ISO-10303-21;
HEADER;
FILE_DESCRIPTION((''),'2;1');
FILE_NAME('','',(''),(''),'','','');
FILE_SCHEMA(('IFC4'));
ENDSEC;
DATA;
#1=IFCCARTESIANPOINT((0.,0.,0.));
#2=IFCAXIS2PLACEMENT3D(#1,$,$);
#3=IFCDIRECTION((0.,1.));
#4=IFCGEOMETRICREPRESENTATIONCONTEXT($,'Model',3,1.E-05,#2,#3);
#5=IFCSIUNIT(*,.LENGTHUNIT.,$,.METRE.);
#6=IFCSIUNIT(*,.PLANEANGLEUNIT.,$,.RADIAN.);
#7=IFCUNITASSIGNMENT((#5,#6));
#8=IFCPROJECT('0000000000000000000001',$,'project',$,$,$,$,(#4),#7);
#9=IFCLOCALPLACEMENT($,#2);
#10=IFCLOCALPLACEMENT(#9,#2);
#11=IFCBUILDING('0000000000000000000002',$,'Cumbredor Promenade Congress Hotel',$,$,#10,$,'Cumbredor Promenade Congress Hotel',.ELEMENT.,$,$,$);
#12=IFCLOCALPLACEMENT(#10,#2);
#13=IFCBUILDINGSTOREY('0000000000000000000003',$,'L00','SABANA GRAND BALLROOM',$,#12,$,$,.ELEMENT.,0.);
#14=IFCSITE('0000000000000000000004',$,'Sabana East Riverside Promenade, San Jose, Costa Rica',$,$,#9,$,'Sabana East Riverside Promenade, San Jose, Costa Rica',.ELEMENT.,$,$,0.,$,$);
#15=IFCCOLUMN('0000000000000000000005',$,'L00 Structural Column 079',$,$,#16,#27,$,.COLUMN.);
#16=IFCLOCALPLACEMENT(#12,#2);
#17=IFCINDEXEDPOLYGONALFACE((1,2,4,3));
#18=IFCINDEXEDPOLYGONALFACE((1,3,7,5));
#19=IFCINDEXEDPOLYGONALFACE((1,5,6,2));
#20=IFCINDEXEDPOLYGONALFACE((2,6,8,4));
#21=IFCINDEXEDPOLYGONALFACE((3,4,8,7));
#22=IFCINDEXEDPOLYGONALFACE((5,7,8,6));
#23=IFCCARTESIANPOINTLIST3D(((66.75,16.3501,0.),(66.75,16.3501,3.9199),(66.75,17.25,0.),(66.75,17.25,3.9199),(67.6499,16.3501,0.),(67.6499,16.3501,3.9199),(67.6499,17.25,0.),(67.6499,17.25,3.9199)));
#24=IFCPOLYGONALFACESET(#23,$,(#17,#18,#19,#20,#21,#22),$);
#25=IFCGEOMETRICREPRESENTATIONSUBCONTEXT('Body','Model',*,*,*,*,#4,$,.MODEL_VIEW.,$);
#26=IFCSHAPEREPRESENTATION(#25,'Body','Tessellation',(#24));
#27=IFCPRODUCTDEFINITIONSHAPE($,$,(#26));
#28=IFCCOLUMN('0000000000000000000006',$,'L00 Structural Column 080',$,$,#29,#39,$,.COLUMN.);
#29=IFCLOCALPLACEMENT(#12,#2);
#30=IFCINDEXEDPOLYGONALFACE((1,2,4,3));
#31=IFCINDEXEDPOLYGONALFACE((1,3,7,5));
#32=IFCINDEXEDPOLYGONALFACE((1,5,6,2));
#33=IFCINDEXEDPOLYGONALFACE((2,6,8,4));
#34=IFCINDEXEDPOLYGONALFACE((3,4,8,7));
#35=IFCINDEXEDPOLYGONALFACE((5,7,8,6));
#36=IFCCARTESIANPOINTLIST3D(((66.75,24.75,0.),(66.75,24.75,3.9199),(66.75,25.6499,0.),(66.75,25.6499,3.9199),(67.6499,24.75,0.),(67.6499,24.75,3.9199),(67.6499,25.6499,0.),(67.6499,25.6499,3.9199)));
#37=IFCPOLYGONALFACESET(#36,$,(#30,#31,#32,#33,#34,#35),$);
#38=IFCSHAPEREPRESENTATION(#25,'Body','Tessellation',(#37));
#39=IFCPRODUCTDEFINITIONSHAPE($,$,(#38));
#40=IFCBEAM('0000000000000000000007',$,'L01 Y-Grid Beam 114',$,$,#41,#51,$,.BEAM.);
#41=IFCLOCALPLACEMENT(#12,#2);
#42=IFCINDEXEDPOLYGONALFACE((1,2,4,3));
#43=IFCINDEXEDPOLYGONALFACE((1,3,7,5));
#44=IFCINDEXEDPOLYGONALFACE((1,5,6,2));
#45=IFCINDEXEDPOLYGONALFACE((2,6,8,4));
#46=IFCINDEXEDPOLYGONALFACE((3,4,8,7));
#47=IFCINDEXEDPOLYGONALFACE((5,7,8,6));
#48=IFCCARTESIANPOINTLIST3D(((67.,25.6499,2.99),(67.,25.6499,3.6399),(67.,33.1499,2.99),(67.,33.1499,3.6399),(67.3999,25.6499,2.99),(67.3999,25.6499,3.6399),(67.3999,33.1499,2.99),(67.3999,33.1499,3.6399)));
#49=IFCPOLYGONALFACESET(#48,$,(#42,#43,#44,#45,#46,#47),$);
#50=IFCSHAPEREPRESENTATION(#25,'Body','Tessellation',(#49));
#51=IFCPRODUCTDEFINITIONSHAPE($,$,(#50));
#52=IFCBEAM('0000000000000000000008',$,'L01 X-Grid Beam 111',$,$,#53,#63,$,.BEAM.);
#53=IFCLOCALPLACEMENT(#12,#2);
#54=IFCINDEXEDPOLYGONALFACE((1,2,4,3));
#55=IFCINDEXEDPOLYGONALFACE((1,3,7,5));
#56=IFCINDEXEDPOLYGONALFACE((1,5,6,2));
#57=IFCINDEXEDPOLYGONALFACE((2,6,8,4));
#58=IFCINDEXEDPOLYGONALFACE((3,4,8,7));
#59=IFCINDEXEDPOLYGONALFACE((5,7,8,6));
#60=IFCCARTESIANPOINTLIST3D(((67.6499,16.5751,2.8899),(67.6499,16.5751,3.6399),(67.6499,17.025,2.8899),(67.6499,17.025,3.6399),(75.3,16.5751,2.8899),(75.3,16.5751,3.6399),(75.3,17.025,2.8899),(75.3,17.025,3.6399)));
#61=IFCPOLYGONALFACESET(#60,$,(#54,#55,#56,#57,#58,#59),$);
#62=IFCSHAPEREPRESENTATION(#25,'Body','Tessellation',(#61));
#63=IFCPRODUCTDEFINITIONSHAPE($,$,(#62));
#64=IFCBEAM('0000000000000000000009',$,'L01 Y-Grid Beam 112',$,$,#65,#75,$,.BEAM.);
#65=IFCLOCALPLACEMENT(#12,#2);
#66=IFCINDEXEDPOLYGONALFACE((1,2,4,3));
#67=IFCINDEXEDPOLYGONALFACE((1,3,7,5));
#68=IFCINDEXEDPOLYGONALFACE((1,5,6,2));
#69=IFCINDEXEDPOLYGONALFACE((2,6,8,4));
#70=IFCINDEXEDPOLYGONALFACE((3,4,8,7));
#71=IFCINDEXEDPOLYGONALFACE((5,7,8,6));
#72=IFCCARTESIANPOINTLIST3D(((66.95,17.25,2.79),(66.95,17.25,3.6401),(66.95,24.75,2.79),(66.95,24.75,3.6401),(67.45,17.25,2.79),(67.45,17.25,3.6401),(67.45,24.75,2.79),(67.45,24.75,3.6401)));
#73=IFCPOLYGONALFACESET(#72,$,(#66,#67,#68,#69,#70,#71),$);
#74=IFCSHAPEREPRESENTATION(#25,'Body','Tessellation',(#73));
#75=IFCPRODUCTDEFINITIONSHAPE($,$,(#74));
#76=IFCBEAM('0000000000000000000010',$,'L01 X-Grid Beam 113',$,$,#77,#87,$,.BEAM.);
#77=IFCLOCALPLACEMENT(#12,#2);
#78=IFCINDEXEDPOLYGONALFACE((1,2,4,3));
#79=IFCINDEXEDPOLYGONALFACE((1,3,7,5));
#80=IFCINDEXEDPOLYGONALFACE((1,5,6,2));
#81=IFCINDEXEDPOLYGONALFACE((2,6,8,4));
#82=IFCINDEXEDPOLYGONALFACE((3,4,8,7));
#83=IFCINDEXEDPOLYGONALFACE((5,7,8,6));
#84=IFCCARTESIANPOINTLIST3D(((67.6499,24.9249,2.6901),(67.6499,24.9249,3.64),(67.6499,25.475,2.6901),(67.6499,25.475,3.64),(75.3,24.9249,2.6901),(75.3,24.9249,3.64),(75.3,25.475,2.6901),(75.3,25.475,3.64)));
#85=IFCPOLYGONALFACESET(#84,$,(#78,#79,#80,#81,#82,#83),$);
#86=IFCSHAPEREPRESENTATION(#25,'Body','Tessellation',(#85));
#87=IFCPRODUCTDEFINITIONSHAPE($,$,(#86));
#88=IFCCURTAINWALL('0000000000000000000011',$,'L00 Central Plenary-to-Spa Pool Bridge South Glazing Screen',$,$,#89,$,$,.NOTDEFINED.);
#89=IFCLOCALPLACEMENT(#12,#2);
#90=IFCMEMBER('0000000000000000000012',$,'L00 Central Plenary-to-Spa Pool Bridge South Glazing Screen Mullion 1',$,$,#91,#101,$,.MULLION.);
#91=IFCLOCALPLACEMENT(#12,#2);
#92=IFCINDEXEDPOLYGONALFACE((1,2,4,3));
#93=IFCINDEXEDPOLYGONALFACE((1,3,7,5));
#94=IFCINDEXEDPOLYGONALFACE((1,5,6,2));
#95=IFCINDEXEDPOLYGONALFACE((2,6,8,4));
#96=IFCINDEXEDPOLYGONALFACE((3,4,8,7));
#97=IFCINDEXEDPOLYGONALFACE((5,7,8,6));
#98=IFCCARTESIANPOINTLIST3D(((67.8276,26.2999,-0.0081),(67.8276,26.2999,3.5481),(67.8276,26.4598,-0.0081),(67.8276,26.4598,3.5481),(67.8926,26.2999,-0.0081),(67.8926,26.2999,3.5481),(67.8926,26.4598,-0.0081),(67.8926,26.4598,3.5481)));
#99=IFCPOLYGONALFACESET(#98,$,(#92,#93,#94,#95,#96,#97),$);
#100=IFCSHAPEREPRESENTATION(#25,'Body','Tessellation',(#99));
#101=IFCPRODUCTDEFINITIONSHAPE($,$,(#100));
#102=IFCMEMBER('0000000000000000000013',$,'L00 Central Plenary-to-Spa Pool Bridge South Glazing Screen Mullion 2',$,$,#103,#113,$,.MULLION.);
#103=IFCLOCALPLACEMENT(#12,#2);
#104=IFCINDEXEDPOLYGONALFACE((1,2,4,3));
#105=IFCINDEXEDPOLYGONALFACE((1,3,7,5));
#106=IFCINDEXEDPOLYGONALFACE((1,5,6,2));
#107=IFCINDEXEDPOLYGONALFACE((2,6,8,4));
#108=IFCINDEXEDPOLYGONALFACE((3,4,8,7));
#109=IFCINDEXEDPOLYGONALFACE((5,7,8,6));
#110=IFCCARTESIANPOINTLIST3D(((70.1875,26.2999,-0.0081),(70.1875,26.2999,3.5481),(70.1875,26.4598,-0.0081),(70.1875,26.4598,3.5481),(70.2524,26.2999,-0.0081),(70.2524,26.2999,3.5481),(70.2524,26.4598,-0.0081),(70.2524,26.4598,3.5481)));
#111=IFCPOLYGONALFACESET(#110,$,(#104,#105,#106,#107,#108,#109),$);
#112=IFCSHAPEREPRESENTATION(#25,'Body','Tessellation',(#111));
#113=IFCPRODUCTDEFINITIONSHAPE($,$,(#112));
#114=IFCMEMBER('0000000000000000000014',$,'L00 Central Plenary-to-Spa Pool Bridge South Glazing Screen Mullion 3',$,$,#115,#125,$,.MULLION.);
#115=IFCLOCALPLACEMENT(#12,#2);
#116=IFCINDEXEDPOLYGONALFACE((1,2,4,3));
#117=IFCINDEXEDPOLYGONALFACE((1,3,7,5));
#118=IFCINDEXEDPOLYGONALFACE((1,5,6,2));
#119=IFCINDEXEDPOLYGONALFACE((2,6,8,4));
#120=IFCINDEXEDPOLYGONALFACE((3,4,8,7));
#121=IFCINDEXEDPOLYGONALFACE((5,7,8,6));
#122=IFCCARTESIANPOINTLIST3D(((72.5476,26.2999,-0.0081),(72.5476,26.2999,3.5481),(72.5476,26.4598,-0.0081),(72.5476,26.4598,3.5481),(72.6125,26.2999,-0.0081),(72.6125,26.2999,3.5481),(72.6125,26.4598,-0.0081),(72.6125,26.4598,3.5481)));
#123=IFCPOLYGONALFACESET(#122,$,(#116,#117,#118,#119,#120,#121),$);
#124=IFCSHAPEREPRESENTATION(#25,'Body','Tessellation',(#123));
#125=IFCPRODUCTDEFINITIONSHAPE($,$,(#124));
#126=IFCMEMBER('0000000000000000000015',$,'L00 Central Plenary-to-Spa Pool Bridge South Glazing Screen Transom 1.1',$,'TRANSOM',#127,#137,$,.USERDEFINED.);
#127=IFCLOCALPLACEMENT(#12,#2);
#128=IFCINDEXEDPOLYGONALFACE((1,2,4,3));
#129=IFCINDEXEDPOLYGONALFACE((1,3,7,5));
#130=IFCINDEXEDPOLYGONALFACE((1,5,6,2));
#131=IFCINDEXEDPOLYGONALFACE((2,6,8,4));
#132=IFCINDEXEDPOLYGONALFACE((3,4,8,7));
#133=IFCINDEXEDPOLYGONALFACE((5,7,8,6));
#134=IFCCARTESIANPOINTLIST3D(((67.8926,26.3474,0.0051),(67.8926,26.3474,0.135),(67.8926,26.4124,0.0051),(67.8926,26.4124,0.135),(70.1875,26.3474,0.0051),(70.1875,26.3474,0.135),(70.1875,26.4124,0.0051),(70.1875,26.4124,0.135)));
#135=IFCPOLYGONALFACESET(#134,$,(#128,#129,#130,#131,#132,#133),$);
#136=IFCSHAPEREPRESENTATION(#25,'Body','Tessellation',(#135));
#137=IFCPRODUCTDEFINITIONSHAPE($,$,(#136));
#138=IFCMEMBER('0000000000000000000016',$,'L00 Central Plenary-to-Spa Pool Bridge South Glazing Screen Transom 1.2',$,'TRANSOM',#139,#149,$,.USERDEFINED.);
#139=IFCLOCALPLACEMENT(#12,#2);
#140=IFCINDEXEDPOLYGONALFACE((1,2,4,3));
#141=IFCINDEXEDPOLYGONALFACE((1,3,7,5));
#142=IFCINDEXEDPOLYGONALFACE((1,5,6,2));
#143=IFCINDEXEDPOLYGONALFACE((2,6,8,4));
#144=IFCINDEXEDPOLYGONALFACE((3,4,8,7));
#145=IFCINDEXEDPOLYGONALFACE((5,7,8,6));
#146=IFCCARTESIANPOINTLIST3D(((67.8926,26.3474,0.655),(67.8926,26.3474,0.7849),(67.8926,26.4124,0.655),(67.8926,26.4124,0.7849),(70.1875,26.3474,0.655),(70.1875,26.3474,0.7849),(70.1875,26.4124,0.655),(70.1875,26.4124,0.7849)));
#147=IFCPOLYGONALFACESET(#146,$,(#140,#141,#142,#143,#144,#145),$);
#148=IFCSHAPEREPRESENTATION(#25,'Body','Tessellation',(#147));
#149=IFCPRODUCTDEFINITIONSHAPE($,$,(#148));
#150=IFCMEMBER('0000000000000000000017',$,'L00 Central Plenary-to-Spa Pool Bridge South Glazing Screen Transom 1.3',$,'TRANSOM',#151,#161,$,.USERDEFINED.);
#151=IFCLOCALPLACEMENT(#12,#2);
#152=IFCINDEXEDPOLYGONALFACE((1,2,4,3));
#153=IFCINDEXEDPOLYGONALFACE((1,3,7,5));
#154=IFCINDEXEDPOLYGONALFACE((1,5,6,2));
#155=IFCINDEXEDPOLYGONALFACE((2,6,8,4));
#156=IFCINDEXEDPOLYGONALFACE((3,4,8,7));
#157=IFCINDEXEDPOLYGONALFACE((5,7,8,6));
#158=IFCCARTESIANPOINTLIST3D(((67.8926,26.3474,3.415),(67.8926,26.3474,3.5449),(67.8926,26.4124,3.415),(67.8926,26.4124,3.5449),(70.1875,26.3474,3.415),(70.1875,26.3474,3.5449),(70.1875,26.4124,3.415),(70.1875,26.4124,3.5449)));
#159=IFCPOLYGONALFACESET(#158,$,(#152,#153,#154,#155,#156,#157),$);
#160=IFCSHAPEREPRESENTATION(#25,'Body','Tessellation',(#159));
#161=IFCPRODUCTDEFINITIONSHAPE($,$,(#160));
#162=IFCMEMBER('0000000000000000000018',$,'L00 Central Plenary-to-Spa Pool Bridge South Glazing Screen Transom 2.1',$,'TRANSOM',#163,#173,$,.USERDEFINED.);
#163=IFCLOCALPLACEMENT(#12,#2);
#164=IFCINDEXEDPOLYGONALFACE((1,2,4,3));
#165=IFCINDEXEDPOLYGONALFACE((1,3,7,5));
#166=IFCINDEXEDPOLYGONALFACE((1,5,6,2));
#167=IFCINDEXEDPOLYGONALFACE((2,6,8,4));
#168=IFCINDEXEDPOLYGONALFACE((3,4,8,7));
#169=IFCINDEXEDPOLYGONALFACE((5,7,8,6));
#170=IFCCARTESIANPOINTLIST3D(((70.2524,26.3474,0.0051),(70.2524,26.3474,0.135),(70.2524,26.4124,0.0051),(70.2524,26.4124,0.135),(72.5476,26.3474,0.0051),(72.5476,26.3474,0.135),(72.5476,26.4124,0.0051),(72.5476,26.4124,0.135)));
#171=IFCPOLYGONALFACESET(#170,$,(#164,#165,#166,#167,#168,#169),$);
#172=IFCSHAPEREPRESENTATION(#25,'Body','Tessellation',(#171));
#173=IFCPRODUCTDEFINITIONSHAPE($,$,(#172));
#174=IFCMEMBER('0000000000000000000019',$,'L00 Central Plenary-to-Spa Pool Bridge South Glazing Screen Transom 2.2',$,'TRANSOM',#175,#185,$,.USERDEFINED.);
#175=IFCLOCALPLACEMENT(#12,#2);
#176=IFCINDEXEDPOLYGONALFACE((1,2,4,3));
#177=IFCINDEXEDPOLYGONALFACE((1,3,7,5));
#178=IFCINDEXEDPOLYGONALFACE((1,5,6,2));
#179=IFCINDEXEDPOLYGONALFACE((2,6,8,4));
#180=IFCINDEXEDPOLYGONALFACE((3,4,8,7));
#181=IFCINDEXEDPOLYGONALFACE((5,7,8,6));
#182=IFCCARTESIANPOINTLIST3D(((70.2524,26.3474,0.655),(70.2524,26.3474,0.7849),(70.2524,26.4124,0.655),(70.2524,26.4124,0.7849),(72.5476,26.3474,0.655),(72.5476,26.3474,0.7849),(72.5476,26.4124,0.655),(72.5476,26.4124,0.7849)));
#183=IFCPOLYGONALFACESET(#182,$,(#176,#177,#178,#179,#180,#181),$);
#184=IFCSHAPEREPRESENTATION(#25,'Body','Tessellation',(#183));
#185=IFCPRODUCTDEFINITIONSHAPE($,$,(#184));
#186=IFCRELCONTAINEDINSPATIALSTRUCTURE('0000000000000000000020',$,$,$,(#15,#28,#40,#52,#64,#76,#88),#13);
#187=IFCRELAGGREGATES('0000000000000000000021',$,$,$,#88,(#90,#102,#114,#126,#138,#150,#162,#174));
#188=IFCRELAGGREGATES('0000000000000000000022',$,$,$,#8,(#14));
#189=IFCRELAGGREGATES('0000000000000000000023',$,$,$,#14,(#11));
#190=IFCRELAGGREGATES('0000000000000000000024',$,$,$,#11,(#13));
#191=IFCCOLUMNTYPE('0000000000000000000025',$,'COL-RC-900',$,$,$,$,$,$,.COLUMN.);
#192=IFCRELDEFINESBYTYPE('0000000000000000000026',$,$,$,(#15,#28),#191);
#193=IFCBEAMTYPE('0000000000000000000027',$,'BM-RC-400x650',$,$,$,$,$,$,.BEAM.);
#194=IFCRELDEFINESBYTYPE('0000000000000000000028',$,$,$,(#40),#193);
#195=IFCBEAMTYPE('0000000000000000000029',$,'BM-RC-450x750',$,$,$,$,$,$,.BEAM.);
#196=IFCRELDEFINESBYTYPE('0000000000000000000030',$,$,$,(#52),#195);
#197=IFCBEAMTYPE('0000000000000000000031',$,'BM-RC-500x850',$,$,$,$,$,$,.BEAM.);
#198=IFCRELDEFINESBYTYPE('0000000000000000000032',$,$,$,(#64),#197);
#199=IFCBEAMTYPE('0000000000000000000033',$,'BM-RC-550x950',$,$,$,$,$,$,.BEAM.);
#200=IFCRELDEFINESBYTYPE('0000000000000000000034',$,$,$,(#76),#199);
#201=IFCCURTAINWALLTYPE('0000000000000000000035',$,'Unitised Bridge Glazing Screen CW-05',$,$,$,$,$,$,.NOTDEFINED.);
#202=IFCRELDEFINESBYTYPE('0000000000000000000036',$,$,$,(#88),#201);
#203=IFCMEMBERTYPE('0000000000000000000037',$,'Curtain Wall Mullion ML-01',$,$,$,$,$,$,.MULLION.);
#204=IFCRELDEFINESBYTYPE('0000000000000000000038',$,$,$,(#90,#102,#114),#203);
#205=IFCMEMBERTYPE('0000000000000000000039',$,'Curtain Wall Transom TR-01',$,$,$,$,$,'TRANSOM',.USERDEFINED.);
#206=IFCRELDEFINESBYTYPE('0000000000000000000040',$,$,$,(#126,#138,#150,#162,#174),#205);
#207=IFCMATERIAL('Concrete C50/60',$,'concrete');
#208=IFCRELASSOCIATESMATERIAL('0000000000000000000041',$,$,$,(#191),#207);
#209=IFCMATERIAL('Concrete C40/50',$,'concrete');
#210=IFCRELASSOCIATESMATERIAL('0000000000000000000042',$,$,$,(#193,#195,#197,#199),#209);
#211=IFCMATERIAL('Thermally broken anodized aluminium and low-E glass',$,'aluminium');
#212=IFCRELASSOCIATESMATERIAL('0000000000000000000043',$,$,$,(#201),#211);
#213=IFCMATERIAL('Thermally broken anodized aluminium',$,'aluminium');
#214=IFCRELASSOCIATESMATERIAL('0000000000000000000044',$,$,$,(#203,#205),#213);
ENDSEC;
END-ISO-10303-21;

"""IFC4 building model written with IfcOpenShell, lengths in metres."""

from ifc_helpers import new_model, si_unit, direction, frame, origin, origin_2d, place, context, subcontext, project, spatial, rectangle, extrude, material, material_profile, profile_set, type_object, element, aggregate, save


model = new_model("IFC4")

# Units and contexts
model_context = context("Model", 3, precision=1e-05, world=origin(), true_north=direction((0.0, 1.0)))
body_context = subcontext(model_context, "Body", "Model", "MODEL_VIEW")
ifc_project = project(units=[si_unit("LENGTHUNIT", "METRE"), si_unit("PLANEANGLEUNIT", "RADIAN")], contexts=[model_context])

# Site, building, storey
site_placement = place(None, origin())
site = spatial("IfcSite", under=ifc_project, at=site_placement, Name="Sabana East Riverside Promenade, San Jose, Costa Rica", LongName="Sabana East Riverside Promenade, San Jose, Costa Rica", CompositionType="ELEMENT", RefElevation=0.0)
building_placement = place(site_placement, origin())
building = spatial("IfcBuilding", under=site, at=building_placement, Name="Cumbredor Promenade Congress Hotel", LongName="Cumbredor Promenade Congress Hotel", CompositionType="ELEMENT")
storey_placement = place(building_placement, origin())
storey = spatial("IfcBuildingStorey", under=building, at=storey_placement, Name="L00", Description="SABANA GRAND BALLROOM", CompositionType="ELEMENT", Elevation=0.0)

# Columns
ifc_material_1 = material(Name="Concrete C50/60", Category="concrete")
ifc_material_profile_1 = material_profile(ifc_material_1, rectangle(XDim=0.8999, YDim=0.8999, at=origin_2d()), Name="RC 900x900")
ifc_profile_set_1 = profile_set([ifc_material_profile_1], Name="Concrete C50/60")
column_type = type_object("IfcColumnType", Name="COL-RC-900", PredefinedType="COLUMN", material=ifc_profile_set_1)
for number, where, z_axis, x_axis, name in (
    (1, (67.2, 16.8, 0.0), (0.0, 0.0, 1.0), (1.0, 0.0, 0.0), "L00 Structural Column 079"),
    (2, (67.2, 25.2, 0.0), (0.0, 0.0, 1.0), (1.0, 0.0, 0.0), "L00 Structural Column 080"),
):
    element("IfcColumn", number, at=place(storey_placement, frame(where, z_axis=z_axis, x_axis=x_axis)), inside=storey, type_object=column_type, Name=name, PredefinedType="COLUMN", context=body_context, shape_type="SweptSolid", body=[
        extrude(rectangle(XDim=0.8999, YDim=0.8999, at=origin_2d()), origin(), (0.0, 0.0, 1.0), 3.9199),
    ])

# Beams
ifc_material_2 = material(Name="Concrete C40/50", Category="concrete")
ifc_material_profile_2 = material_profile(ifc_material_2, rectangle(XDim=0.3999, YDim=0.6499, at=origin_2d()), Name="RC BEAM 400x650")
ifc_profile_set_2 = profile_set([ifc_material_profile_2], Name="Concrete C40/50")
beam_type_1 = type_object("IfcBeamType", Name="BM-RC-400x650", PredefinedType="BEAM", material=ifc_profile_set_2)
beam_1_placement = place(storey_placement, frame((67.2, 25.6499, 3.3149), z_axis=(0.0, 1.0, 0.0), x_axis=(-1.0, 0.0, 0.0)))
element("IfcBeam", 3, at=beam_1_placement, inside=storey, type_object=beam_type_1, Name="L01 Y-Grid Beam 114", PredefinedType="BEAM", context=body_context, shape_type="SweptSolid", body=[
    extrude(rectangle(XDim=0.3999, YDim=0.6499, at=origin_2d()), origin(), (0.0, 0.0, 1.0), 7.5),
])
ifc_material_profile_3 = material_profile(ifc_material_2, rectangle(XDim=0.45, YDim=0.75, at=origin_2d()), Name="RC BEAM 450x750")
ifc_profile_set_3 = profile_set([ifc_material_profile_3], Name="Concrete C40/50")
beam_type_2 = type_object("IfcBeamType", Name="BM-RC-450x750", PredefinedType="BEAM", material=ifc_profile_set_3)
beam_2_placement = place(storey_placement, frame((67.6499, 16.8, 3.2649), z_axis=(1.0, 0.0, 0.0), x_axis=(0.0, 1.0, 0.0)))
element("IfcBeam", 4, at=beam_2_placement, inside=storey, type_object=beam_type_2, Name="L01 X-Grid Beam 111", PredefinedType="BEAM", context=body_context, shape_type="SweptSolid", body=[
    extrude(rectangle(XDim=0.45, YDim=0.75, at=origin_2d()), origin(), (0.0, 0.0, 1.0), 7.6501),
])
ifc_material_profile_4 = material_profile(ifc_material_2, rectangle(XDim=0.5, YDim=0.8501, at=origin_2d()), Name="RC BEAM 500x850")
ifc_profile_set_4 = profile_set([ifc_material_profile_4], Name="Concrete C40/50")
beam_type_3 = type_object("IfcBeamType", Name="BM-RC-500x850", PredefinedType="BEAM", material=ifc_profile_set_4)
beam_3_placement = place(storey_placement, frame((67.2, 17.25, 3.2151), z_axis=(0.0, 1.0, 0.0), x_axis=(-1.0, 0.0, 0.0)))
element("IfcBeam", 5, at=beam_3_placement, inside=storey, type_object=beam_type_3, Name="L01 Y-Grid Beam 112", PredefinedType="BEAM", context=body_context, shape_type="SweptSolid", body=[
    extrude(rectangle(XDim=0.5, YDim=0.8501, at=origin_2d()), origin(), (0.0, 0.0, 1.0), 7.5),
])
ifc_material_profile_5 = material_profile(ifc_material_2, rectangle(XDim=0.55, YDim=0.95, at=origin_2d()), Name="RC BEAM 550x950")
ifc_profile_set_5 = profile_set([ifc_material_profile_5], Name="Concrete C40/50")
beam_type_4 = type_object("IfcBeamType", Name="BM-RC-550x950", PredefinedType="BEAM", material=ifc_profile_set_5)
beam_4_placement = place(storey_placement, frame((67.6499, 25.2, 3.165), z_axis=(1.0, 0.0, 0.0), x_axis=(0.0, 1.0, 0.0)))
element("IfcBeam", 6, at=beam_4_placement, inside=storey, type_object=beam_type_4, Name="L01 X-Grid Beam 113", PredefinedType="BEAM", context=body_context, shape_type="SweptSolid", body=[
    extrude(rectangle(XDim=0.55, YDim=0.95, at=origin_2d()), origin(), (0.0, 0.0, 1.0), 7.6501),
])

# Curtain wall, members
ifc_material_3 = material(Name="Thermally broken anodized aluminium and low-E glass", Category="aluminium")
curtain_wall_type = type_object("IfcCurtainWallType", Name="Unitised Bridge Glazing Screen CW-05", PredefinedType="NOTDEFINED", material=ifc_material_3)
curtain_wall_placement = place(storey_placement, origin())
curtain_wall = element("IfcCurtainWall", 7, at=curtain_wall_placement, inside=storey, type_object=curtain_wall_type, Name="L00 Central Plenary-to-Spa Pool Bridge South Glazing Screen", PredefinedType="NOTDEFINED")
ifc_material_4 = material(Name="Thermally broken anodized aluminium", Category="aluminium")
ifc_material_profile_6 = material_profile(ifc_material_4, rectangle(XDim=0.0649, YDim=0.1599, at=origin_2d()), Name="ALU MULLION 65x160")
ifc_profile_set_6 = profile_set([ifc_material_profile_6], Name="Thermally broken anodized aluminium")
member_type_1 = type_object("IfcMemberType", Name="Curtain Wall Mullion ML-01", PredefinedType="MULLION", material=ifc_profile_set_6)
member_1_placement = place(storey_placement, frame((67.8601, 26.3799, -0.0081), z_axis=(0.0, 0.0, 1.0), x_axis=(1.0, 0.0, 0.0)))
member_1 = element("IfcMember", 8, at=member_1_placement, type_object=member_type_1, Name="L00 Central Plenary-to-Spa Pool Bridge South Glazing Screen Mullion 1", PredefinedType="MULLION", context=body_context, shape_type="SweptSolid", body=[
    extrude(rectangle(XDim=0.0649, YDim=0.1599, at=origin_2d()), origin(), (0.0, 0.0, 1.0), 3.5562),
])
member_2_placement = place(storey_placement, frame((70.22, 26.3799, -0.0081), z_axis=(0.0, 0.0, 1.0), x_axis=(1.0, 0.0, 0.0)))
member_2 = element("IfcMember", 9, at=member_2_placement, type_object=member_type_1, Name="L00 Central Plenary-to-Spa Pool Bridge South Glazing Screen Mullion 2", PredefinedType="MULLION", context=body_context, shape_type="SweptSolid", body=[
    extrude(rectangle(XDim=0.0649, YDim=0.1599, at=origin_2d()), origin(), (0.0, 0.0, 1.0), 3.5562),
])
member_3_placement = place(storey_placement, frame((72.5801, 26.3799, -0.0081), z_axis=(0.0, 0.0, 1.0), x_axis=(1.0, 0.0, 0.0)))
member_3 = element("IfcMember", 10, at=member_3_placement, type_object=member_type_1, Name="L00 Central Plenary-to-Spa Pool Bridge South Glazing Screen Mullion 3", PredefinedType="MULLION", context=body_context, shape_type="SweptSolid", body=[
    extrude(rectangle(XDim=0.0649, YDim=0.1599, at=origin_2d()), origin(), (0.0, 0.0, 1.0), 3.5562),
])
ifc_material_profile_7 = material_profile(ifc_material_4, rectangle(XDim=0.0649, YDim=0.1299, at=origin_2d()), Name="ALU TRANSOM 65x130")
ifc_profile_set_7 = profile_set([ifc_material_profile_7], Name="Thermally broken anodized aluminium")
member_type_2 = type_object("IfcMemberType", Name="Curtain Wall Transom TR-01", ElementType="TRANSOM", PredefinedType="USERDEFINED", material=ifc_profile_set_7)
member_4_placement = place(storey_placement, frame((67.8926, 26.3799, 0.0701), z_axis=(1.0, 0.0, 0.0), x_axis=(0.0, 1.0, 0.0)))
member_4 = element("IfcMember", 11, at=member_4_placement, type_object=member_type_2, Name="L00 Central Plenary-to-Spa Pool Bridge South Glazing Screen Transom 1.1", ObjectType="TRANSOM", PredefinedType="USERDEFINED", context=body_context, shape_type="SweptSolid", body=[
    extrude(rectangle(XDim=0.0649, YDim=0.1299, at=origin_2d()), origin(), (0.0, 0.0, 1.0), 2.2949),
])
member_5_placement = place(storey_placement, frame((67.8926, 26.3799, 0.72), z_axis=(1.0, 0.0, 0.0), x_axis=(0.0, 1.0, 0.0)))
member_5 = element("IfcMember", 12, at=member_5_placement, type_object=member_type_2, Name="L00 Central Plenary-to-Spa Pool Bridge South Glazing Screen Transom 1.2", ObjectType="TRANSOM", PredefinedType="USERDEFINED", context=body_context, shape_type="SweptSolid", body=[
    extrude(rectangle(XDim=0.0649, YDim=0.1299, at=origin_2d()), origin(), (0.0, 0.0, 1.0), 2.2949),
])
member_6_placement = place(storey_placement, frame((67.8926, 26.3799, 3.48), z_axis=(1.0, 0.0, 0.0), x_axis=(0.0, 1.0, 0.0)))
member_6 = element("IfcMember", 13, at=member_6_placement, type_object=member_type_2, Name="L00 Central Plenary-to-Spa Pool Bridge South Glazing Screen Transom 1.3", ObjectType="TRANSOM", PredefinedType="USERDEFINED", context=body_context, shape_type="SweptSolid", body=[
    extrude(rectangle(XDim=0.0649, YDim=0.1299, at=origin_2d()), origin(), (0.0, 0.0, 1.0), 2.2949),
])
member_7_placement = place(storey_placement, frame((70.2524, 26.3799, 0.0701), z_axis=(1.0, 0.0, 0.0), x_axis=(0.0, 1.0, 0.0)))
member_7 = element("IfcMember", 14, at=member_7_placement, type_object=member_type_2, Name="L00 Central Plenary-to-Spa Pool Bridge South Glazing Screen Transom 2.1", ObjectType="TRANSOM", PredefinedType="USERDEFINED", context=body_context, shape_type="SweptSolid", body=[
    extrude(rectangle(XDim=0.0649, YDim=0.1299, at=origin_2d()), origin(), (0.0, 0.0, 1.0), 2.2952),
])
member_8_placement = place(storey_placement, frame((70.2524, 26.3799, 0.72), z_axis=(1.0, 0.0, 0.0), x_axis=(0.0, 1.0, 0.0)))
member_8 = element("IfcMember", 15, at=member_8_placement, type_object=member_type_2, Name="L00 Central Plenary-to-Spa Pool Bridge South Glazing Screen Transom 2.2", ObjectType="TRANSOM", PredefinedType="USERDEFINED", context=body_context, shape_type="SweptSolid", body=[
    extrude(rectangle(XDim=0.0649, YDim=0.1299, at=origin_2d()), origin(), (0.0, 0.0, 1.0), 2.2952),
])

aggregate(curtain_wall, [member_1, member_2, member_3, member_4, member_5, member_6, member_7, member_8])

save(model, "model.ifc")
